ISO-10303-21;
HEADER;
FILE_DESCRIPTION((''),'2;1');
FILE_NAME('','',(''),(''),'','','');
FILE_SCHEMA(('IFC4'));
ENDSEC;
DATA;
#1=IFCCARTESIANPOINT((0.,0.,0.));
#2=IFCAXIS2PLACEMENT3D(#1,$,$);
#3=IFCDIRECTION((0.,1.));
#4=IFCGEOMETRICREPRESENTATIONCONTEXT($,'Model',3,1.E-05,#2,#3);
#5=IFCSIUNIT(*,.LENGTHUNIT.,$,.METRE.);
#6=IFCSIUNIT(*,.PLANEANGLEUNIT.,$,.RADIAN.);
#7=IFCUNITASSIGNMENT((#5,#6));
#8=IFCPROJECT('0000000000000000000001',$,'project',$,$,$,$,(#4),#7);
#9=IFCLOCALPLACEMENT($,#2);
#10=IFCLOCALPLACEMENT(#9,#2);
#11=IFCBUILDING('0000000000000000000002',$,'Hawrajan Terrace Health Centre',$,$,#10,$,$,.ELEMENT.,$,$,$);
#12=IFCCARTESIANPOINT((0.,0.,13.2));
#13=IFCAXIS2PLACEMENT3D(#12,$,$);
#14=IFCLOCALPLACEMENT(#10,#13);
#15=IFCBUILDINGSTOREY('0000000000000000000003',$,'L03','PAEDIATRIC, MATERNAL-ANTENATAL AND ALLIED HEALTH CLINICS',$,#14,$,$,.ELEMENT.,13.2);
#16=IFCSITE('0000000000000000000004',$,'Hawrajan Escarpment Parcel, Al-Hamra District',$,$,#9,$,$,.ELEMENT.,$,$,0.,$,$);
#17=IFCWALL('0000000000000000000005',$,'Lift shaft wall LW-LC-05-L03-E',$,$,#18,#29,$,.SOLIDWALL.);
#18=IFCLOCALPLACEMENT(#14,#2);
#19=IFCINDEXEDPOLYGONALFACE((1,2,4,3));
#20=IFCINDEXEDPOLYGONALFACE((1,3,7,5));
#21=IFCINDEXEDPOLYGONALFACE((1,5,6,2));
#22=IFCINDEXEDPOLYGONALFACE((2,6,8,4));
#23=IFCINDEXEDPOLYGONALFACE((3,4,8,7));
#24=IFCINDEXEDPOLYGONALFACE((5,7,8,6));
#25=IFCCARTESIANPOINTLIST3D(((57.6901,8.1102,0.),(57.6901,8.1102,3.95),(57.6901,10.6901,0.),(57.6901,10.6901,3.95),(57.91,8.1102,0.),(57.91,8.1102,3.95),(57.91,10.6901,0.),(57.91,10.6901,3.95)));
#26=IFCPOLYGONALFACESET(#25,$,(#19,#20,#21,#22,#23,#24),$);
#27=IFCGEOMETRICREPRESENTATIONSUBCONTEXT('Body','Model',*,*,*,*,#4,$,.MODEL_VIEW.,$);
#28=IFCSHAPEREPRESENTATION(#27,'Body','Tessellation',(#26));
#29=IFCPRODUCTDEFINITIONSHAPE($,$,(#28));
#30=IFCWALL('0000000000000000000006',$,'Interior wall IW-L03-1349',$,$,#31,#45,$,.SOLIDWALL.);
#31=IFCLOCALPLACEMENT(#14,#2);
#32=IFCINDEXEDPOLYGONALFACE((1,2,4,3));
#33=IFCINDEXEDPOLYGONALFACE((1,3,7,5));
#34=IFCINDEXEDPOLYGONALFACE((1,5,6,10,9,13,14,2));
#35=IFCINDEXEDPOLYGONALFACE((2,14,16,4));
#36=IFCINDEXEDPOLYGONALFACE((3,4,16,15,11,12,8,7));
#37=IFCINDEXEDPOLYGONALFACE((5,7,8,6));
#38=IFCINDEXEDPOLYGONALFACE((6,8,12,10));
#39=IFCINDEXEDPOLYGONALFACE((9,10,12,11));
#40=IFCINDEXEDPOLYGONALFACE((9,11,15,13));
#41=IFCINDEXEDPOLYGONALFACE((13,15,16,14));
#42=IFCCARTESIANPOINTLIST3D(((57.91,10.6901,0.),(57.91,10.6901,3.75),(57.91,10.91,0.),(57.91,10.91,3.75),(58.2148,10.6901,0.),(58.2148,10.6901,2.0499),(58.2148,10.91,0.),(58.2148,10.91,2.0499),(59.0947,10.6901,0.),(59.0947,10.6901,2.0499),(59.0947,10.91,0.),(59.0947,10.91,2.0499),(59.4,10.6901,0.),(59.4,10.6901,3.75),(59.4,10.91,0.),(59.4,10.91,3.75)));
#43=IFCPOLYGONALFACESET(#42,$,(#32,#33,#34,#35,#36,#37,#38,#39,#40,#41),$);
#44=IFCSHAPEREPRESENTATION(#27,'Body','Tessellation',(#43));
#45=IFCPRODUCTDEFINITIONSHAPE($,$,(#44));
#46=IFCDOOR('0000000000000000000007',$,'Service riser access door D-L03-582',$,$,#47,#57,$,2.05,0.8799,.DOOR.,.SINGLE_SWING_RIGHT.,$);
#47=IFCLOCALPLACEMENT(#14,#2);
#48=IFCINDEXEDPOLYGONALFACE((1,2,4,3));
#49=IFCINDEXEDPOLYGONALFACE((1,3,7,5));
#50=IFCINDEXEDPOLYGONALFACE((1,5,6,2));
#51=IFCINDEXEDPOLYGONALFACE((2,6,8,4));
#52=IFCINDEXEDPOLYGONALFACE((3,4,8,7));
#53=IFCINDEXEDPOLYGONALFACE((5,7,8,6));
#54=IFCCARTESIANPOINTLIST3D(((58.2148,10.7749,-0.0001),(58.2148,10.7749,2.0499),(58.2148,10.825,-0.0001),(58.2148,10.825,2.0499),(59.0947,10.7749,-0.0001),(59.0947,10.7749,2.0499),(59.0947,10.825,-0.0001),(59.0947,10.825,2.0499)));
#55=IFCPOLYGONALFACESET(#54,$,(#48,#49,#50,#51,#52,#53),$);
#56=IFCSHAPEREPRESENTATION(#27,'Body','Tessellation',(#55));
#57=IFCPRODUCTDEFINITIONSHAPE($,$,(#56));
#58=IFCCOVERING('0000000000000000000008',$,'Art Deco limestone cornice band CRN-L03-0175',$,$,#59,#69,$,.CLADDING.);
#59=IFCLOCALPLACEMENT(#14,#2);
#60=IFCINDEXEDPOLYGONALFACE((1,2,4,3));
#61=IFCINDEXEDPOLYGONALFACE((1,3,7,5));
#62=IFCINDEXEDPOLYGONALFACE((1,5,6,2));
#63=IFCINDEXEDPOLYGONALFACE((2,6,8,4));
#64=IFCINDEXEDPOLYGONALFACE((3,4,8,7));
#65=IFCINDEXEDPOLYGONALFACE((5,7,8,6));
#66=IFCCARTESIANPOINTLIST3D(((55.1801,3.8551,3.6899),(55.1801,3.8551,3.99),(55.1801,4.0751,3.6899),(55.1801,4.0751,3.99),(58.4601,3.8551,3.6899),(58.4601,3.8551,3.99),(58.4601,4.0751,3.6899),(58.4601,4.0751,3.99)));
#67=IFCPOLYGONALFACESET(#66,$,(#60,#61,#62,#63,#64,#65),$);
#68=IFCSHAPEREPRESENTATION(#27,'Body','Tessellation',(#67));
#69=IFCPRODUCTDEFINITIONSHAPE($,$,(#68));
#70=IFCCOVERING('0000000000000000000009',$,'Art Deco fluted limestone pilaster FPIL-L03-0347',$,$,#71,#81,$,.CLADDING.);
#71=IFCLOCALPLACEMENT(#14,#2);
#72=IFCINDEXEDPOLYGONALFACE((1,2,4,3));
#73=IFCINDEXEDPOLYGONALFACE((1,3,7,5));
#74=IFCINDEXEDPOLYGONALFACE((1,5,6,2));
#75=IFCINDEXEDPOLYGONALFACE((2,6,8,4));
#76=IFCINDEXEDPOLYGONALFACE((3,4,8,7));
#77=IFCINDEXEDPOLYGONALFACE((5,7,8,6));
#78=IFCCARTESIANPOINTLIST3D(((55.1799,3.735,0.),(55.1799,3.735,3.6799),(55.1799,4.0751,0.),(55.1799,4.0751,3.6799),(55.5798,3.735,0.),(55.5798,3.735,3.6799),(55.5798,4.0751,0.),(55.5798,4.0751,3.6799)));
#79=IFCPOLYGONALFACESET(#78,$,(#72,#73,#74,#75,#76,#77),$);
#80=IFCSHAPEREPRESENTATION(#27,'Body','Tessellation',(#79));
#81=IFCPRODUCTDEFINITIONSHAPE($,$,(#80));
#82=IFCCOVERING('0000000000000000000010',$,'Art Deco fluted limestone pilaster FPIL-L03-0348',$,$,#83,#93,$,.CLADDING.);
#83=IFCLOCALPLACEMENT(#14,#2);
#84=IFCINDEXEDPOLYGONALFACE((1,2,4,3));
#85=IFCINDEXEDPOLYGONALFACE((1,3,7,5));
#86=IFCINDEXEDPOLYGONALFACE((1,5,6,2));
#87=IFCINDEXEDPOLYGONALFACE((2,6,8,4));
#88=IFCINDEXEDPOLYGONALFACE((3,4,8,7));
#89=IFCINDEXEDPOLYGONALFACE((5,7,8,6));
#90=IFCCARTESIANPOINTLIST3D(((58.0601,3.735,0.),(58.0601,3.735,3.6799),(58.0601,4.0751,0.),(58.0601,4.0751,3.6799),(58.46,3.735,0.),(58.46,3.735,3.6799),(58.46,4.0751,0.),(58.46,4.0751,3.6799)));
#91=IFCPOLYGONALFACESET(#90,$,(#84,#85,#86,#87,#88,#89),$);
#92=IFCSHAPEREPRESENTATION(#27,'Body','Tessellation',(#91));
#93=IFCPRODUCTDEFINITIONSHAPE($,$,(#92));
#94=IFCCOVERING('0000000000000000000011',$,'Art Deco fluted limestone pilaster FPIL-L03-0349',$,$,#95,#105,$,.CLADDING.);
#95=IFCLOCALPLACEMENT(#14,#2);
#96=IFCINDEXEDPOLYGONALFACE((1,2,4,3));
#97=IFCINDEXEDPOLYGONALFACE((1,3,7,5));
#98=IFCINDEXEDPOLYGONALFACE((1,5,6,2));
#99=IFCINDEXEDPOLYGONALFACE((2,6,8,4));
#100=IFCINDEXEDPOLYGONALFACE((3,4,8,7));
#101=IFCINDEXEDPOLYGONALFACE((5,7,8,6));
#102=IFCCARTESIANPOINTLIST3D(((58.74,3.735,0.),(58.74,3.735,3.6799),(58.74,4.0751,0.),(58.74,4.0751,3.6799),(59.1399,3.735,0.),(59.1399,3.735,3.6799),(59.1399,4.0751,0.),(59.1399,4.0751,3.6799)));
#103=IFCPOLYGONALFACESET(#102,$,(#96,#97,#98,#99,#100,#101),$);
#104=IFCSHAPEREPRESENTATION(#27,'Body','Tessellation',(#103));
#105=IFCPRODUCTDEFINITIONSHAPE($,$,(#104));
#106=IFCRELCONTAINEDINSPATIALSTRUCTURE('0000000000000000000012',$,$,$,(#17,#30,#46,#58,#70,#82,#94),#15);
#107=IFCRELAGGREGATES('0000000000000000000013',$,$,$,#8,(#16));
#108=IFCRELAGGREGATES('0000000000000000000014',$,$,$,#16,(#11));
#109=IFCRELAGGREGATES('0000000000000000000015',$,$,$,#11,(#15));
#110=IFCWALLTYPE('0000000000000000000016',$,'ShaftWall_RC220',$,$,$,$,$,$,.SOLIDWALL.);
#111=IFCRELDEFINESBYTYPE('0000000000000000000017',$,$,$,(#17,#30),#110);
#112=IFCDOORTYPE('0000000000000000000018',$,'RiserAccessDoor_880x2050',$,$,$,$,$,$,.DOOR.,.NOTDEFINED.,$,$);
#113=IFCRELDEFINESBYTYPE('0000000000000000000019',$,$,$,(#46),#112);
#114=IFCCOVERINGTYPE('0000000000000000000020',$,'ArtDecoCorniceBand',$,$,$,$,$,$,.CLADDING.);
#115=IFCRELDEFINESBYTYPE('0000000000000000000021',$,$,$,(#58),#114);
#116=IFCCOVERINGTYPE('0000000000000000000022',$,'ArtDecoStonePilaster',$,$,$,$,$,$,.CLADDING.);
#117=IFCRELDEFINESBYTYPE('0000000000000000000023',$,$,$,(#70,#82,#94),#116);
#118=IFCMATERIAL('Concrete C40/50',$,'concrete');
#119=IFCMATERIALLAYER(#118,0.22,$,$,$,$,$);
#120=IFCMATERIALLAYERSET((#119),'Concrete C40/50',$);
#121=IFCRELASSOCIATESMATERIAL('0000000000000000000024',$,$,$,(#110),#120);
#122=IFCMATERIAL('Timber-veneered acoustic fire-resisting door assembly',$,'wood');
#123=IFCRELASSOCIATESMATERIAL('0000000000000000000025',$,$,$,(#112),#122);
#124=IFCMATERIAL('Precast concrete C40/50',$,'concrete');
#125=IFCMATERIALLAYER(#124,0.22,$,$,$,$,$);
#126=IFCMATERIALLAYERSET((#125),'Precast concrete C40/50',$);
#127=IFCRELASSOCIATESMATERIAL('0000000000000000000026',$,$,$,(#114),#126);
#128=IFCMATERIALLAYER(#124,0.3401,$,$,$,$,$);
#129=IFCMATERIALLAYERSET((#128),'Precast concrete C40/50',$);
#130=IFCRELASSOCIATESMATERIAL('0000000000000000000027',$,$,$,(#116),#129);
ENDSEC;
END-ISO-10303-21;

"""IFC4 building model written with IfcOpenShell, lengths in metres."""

from ifc_helpers import new_model, si_unit, direction, frame, frame_2d, origin, origin_2d, place, context, subcontext, project, spatial, rectangle, extrude, material, layer, layer_set, type_object, element, fill, save


model = new_model("IFC4")

# Units and contexts
model_context = context("Model", 3, precision=1e-05, world=origin(), true_north=direction((0.0, 1.0)))
body_context = subcontext(model_context, "Body", "Model", "MODEL_VIEW")
ifc_project = project(units=[si_unit("LENGTHUNIT", "METRE"), si_unit("PLANEANGLEUNIT", "RADIAN")], contexts=[model_context])

# Site, building, storey
site_placement = place(None, origin())
site = spatial("IfcSite", under=ifc_project, at=site_placement, Name="Hawrajan Escarpment Parcel, Al-Hamra District", CompositionType="ELEMENT", RefElevation=0.0)
building_placement = place(site_placement, origin())
building = spatial("IfcBuilding", under=site, at=building_placement, Name="Hawrajan Terrace Health Centre", CompositionType="ELEMENT")
storey_placement = place(building_placement, frame((0.0, 0.0, 13.2)))
storey = spatial("IfcBuildingStorey", under=building, at=storey_placement, Name="L03", Description="PAEDIATRIC, MATERNAL-ANTENATAL AND ALLIED HEALTH CLINICS", CompositionType="ELEMENT", Elevation=13.2)

# Shared definitions
ifc_material_1 = material(Name="Concrete C40/50", Category="concrete")

# Shared definitions
ifc_material_2 = material(Name="Timber-veneered acoustic fire-resisting door assembly", Category="wood")

# Shared definitions
ifc_layer_1 = layer(ifc_material_1, 0.22)
ifc_layer_set_1 = layer_set([ifc_layer_1], Name="Concrete C40/50")
wall_type_1 = type_object("IfcWallType", Name="ShaftWall_RC220", PredefinedType="SOLIDWALL", material=ifc_layer_set_1)

# Wall
wall_1_placement = place(storey_placement, frame((57.8, 8.1101, 0.0), z_axis=(0.0, 0.0, 1.0), x_axis=(0.0, 1.0, 0.0)))
element("IfcWall", 1, at=wall_1_placement, inside=storey, type_object=wall_type_1, Name="Lift shaft wall LW-LC-05-L03-E", PredefinedType="SOLIDWALL", context=body_context, shape_type="SweptSolid", body=[
    extrude(rectangle(XDim=2.5798, YDim=0.22, at=frame_2d((1.29, 0.0))), origin(), (0.0, 0.0, 1.0), 3.95),
])

# Wall, opening, door
wall_2_placement = place(storey_placement, frame((57.9099, 10.8, 0.0), z_axis=(0.0, 0.0, 1.0), x_axis=(1.0, 0.0, 0.0)))
wall_2 = element("IfcWall", 2, at=wall_2_placement, inside=storey, type_object=wall_type_1, Name="Interior wall IW-L03-1349", PredefinedType="SOLIDWALL", context=body_context, shape_type="SweptSolid", body=[
    extrude(rectangle(XDim=1.49, YDim=0.22, at=frame_2d((0.7451, 0.0))), origin(), (0.0, 0.0, 1.0), 3.75),
])
opening_1_placement = place(wall_2_placement, frame((0.3049, 0.0, 0.0)))
opening_1 = element("IfcOpeningElement", 3, at=opening_1_placement, cuts=wall_2, PredefinedType="OPENING", context=body_context, shape_type="SweptSolid", body=[
    extrude(rectangle(XDim=0.8799, YDim=2.05, at=frame_2d((0.4399, 1.0249))), frame((0.0, 0.1199, 0.0), z_axis=(0.0, -1.0, 0.0), x_axis=(1.0, 0.0, 0.0)), (0.0, 0.0, 1.0), 0.24),
])
door_type_1 = type_object("IfcDoorType", Name="RiserAccessDoor_880x2050", OperationType="NOTDEFINED", PredefinedType="DOOR", material=ifc_material_2)
door_1_placement = place(opening_1_placement, origin())
door_1 = element("IfcDoor", 4, at=door_1_placement, inside=storey, type_object=door_type_1, Name="Service riser access door D-L03-582", OperationType="SINGLE_SWING_RIGHT", OverallHeight=2.05, OverallWidth=0.8799, PredefinedType="DOOR", context=body_context, shape_type="SweptSolid", body=[
    extrude(rectangle(XDim=0.8799, YDim=2.05, at=frame_2d((0.4399, 1.0249))), frame((0.0, 0.0249, 0.0), z_axis=(0.0, -1.0, 0.0), x_axis=(1.0, 0.0, 0.0)), (0.0, 0.0, 1.0), 0.05),
])
fill(opening_1, door_1)

# Coverings
ifc_material_3 = material(Name="Precast concrete C40/50", Category="concrete")
ifc_layer_2 = layer(ifc_material_3, 0.22)
ifc_layer_set_2 = layer_set([ifc_layer_2], Name="Precast concrete C40/50")
covering_type_1 = type_object("IfcCoveringType", Name="ArtDecoCorniceBand", PredefinedType="CLADDING", material=ifc_layer_set_2)
covering_placement = place(storey_placement, frame((56.8201, 3.9651, 3.6899), z_axis=(0.0, 0.0, 1.0), x_axis=(1.0, 0.0, 0.0)))
element("IfcCovering", 5, at=covering_placement, inside=storey, type_object=covering_type_1, Name="Art Deco limestone cornice band CRN-L03-0175", PredefinedType="CLADDING", context=body_context, shape_type="SweptSolid", body=[
    extrude(rectangle(XDim=3.28, YDim=0.22, at=origin_2d()), origin(), (0.0, 0.0, 1.0), 0.3),
])
ifc_layer_3 = layer(ifc_material_3, 0.3401)
ifc_layer_set_3 = layer_set([ifc_layer_3], Name="Precast concrete C40/50")
covering_type_2 = type_object("IfcCoveringType", Name="ArtDecoStonePilaster", PredefinedType="CLADDING", material=ifc_layer_set_3)
for number, where, z_axis, x_axis, name in (
    (6, (55.3799, 3.905, 0.0), (0.0, 0.0, 1.0), (1.0, 0.0, 0.0), "Art Deco fluted limestone pilaster FPIL-L03-0347"),
    (7, (58.26, 3.905, 0.0), (0.0, 0.0, 1.0), (1.0, 0.0, 0.0), "Art Deco fluted limestone pilaster FPIL-L03-0348"),
    (8, (58.9399, 3.905, 0.0), (0.0, 0.0, 1.0), (1.0, 0.0, 0.0), "Art Deco fluted limestone pilaster FPIL-L03-0349"),
):
    element("IfcCovering", number, at=place(storey_placement, frame(where, z_axis=z_axis, x_axis=x_axis)), inside=storey, type_object=covering_type_2, Name=name, PredefinedType="CLADDING", context=body_context, shape_type="SweptSolid", body=[
        extrude(rectangle(XDim=0.3999, YDim=0.3401, at=origin_2d()), origin(), (0.0, 0.0, 1.0), 3.6799),
    ])

save(model, "model.ifc")
